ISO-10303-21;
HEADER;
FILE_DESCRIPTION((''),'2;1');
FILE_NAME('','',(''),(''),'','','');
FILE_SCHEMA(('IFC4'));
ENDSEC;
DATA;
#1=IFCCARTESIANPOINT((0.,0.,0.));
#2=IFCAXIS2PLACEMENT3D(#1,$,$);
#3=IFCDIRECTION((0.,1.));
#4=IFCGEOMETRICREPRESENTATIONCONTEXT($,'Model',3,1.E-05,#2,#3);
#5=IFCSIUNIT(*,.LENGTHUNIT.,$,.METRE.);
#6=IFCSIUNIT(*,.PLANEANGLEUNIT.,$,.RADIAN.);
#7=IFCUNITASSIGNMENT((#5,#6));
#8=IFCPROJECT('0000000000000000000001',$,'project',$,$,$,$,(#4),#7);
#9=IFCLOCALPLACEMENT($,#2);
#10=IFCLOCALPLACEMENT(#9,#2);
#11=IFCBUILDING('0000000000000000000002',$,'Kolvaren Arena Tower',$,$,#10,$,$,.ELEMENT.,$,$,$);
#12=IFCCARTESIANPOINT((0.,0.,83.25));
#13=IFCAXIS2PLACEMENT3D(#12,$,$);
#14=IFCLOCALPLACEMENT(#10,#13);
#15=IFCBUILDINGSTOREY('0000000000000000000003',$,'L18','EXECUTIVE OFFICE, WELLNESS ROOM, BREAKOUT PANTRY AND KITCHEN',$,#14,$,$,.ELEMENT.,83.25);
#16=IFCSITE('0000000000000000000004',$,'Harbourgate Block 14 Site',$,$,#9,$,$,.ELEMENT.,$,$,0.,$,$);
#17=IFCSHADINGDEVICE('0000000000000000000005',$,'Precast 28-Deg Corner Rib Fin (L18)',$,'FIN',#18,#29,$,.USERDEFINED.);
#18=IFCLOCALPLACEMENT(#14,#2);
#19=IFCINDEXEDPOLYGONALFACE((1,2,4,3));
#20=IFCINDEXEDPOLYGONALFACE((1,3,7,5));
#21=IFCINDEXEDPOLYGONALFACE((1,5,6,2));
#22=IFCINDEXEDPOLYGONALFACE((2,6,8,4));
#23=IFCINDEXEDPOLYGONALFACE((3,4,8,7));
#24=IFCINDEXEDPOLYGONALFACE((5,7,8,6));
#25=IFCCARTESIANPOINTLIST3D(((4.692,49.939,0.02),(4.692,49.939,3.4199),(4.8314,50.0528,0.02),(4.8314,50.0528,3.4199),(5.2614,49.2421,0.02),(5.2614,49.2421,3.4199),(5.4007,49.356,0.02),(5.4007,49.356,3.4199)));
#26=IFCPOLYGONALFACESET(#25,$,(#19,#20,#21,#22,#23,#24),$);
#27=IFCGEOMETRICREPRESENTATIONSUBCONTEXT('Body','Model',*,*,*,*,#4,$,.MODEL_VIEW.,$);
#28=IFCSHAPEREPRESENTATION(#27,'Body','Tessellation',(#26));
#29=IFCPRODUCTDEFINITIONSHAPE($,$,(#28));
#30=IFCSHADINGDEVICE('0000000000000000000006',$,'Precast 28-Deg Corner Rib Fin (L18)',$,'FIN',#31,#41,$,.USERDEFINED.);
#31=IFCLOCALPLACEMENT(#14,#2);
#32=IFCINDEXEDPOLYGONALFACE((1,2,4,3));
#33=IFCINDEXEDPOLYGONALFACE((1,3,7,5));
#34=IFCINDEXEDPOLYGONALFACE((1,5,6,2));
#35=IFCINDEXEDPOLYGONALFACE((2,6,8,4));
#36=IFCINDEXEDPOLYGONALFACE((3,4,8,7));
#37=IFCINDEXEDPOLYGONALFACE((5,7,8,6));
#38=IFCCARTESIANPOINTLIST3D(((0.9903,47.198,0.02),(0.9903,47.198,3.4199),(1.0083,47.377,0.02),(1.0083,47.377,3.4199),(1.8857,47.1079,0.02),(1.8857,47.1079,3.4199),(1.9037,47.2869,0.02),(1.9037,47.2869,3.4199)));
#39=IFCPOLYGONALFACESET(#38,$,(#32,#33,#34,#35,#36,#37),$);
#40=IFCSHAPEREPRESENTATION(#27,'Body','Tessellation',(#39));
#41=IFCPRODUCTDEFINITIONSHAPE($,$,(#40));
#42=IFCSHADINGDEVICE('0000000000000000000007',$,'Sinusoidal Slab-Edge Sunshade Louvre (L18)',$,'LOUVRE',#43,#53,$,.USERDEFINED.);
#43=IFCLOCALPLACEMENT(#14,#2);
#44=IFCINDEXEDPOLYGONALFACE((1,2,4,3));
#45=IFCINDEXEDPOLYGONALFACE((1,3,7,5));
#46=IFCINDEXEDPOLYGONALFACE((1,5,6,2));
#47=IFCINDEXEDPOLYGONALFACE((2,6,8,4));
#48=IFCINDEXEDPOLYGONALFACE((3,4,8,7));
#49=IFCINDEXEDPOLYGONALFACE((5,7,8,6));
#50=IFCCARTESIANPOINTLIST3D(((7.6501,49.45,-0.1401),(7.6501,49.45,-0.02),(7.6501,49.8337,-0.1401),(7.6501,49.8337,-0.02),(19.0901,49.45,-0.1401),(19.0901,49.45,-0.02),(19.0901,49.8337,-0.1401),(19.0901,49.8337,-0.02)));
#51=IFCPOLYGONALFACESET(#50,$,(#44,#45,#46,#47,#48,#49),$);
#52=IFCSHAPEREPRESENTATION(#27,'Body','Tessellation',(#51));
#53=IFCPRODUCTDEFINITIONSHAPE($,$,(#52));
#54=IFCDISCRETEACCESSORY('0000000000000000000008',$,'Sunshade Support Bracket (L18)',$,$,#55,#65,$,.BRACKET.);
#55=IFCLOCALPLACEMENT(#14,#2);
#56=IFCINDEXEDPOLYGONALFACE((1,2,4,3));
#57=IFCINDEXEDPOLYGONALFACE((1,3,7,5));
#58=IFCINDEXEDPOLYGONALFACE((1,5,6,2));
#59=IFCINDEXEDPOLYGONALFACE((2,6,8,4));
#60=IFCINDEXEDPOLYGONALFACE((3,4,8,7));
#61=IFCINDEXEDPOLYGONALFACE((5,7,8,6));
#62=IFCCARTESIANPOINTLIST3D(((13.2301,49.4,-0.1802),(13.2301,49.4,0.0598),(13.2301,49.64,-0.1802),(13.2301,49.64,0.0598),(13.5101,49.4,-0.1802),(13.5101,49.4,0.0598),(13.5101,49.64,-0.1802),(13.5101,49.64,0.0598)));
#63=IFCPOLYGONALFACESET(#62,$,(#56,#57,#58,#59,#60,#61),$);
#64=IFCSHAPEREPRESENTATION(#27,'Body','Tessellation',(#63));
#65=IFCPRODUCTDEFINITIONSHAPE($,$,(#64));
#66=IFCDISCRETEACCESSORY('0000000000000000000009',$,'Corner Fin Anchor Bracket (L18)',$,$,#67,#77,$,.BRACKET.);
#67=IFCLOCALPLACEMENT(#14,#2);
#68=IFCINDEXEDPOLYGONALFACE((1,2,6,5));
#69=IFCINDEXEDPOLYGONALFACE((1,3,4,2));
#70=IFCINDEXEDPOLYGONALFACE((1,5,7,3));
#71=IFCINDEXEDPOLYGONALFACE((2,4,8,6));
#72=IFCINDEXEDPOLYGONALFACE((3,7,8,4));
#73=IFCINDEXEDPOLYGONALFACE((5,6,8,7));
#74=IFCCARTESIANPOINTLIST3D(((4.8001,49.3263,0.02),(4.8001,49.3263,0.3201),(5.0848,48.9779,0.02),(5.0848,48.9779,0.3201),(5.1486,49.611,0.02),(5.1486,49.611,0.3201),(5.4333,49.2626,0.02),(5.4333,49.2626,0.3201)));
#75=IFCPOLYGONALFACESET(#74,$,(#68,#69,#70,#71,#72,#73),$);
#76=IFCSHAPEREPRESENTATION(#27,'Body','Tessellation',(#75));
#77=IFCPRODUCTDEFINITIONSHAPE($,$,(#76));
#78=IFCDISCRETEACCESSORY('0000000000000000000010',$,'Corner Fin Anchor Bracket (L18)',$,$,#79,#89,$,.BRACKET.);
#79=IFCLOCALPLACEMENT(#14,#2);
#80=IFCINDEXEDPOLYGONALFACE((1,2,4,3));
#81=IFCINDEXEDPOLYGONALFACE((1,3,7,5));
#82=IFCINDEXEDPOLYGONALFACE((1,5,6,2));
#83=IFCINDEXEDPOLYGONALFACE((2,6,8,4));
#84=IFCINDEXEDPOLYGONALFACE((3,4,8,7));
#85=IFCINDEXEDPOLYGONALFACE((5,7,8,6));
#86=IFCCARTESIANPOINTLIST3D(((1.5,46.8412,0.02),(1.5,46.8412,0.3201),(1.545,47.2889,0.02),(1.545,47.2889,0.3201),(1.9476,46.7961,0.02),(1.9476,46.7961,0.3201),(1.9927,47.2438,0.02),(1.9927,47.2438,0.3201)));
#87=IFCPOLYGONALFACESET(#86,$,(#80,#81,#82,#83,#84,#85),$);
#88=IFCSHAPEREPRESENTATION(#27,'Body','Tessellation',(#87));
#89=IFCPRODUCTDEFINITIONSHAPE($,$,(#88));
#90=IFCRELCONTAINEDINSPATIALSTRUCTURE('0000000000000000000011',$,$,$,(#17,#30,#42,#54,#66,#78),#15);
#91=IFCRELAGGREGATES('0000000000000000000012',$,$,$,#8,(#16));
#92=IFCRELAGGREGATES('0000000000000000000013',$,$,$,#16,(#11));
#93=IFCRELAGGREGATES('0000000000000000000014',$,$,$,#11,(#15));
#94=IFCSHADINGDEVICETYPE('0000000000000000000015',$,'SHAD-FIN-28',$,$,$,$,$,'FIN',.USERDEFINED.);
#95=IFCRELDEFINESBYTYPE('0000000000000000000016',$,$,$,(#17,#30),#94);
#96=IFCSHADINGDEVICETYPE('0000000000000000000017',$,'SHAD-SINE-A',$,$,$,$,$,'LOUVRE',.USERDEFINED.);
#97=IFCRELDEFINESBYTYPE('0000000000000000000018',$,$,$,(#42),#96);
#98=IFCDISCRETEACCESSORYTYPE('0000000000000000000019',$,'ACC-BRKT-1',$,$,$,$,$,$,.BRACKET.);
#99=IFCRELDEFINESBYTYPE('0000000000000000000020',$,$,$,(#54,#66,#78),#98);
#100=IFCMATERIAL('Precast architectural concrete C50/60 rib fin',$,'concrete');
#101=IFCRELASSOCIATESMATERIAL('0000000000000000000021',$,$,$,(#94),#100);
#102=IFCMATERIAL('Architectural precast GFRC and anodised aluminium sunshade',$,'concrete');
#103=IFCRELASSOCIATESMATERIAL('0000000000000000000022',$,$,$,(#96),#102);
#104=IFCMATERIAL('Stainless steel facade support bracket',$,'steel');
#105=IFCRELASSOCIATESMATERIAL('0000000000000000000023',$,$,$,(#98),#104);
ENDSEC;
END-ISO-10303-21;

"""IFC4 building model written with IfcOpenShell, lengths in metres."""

from ifc_helpers import new_model, si_unit, direction, frame, origin, origin_2d, place, context, subcontext, project, spatial, rectangle, extrude, material, type_object, element, save


model = new_model("IFC4")

# Units and contexts
model_context = context("Model", 3, precision=1e-05, world=origin(), true_north=direction((0.0, 1.0)))
body_context = subcontext(model_context, "Body", "Model", "MODEL_VIEW")
ifc_project = project(units=[si_unit("LENGTHUNIT", "METRE"), si_unit("PLANEANGLEUNIT", "RADIAN")], contexts=[model_context])

# Site, building, storey
site_placement = place(None, origin())
site = spatial("IfcSite", under=ifc_project, at=site_placement, Name="Harbourgate Block 14 Site", CompositionType="ELEMENT", RefElevation=0.0)
building_placement = place(site_placement, origin())
building = spatial("IfcBuilding", under=site, at=building_placement, Name="Kolvaren Arena Tower", CompositionType="ELEMENT")
storey_placement = place(building_placement, frame((0.0, 0.0, 83.25)))
storey = spatial("IfcBuildingStorey", under=building, at=storey_placement, Name="L18", Description="EXECUTIVE OFFICE, WELLNESS ROOM, BREAKOUT PANTRY AND KITCHEN", CompositionType="ELEMENT", Elevation=83.25)

# Shading devices
ifc_material_1 = material(Name="Precast architectural concrete C50/60 rib fin", Category="concrete")
shading_device_type_1 = type_object("IfcShadingDeviceType", Name="SHAD-FIN-28", ElementType="FIN", PredefinedType="USERDEFINED", material=ifc_material_1)
for number, where, z_axis, x_axis, name in (
    (1, (5.0464, 49.6475, 0.02), (0.0, 0.0, 1.0), (-0.632723, 0.774378, 0.0), "Precast 28-Deg Corner Rib Fin (L18)"),
    (2, (1.447, 47.2424, 0.02), (0.0, 0.0, 1.0), (-0.994972, 0.100155, 0.0), "Precast 28-Deg Corner Rib Fin (L18)"),
):
    element("IfcShadingDevice", number, at=place(storey_placement, frame(where, z_axis=z_axis, x_axis=x_axis)), inside=storey, type_object=shading_device_type_1, Name=name, ObjectType="FIN", PredefinedType="USERDEFINED", context=body_context, shape_type="SweptSolid", body=[
        extrude(rectangle(XDim=0.8999, YDim=0.1799, at=origin_2d()), origin(), (0.0, 0.0, 1.0), 3.3999),
    ])
ifc_material_2 = material(Name="Architectural precast GFRC and anodised aluminium sunshade", Category="concrete")
shading_device_type_2 = type_object("IfcShadingDeviceType", Name="SHAD-SINE-A", ElementType="LOUVRE", PredefinedType="USERDEFINED", material=ifc_material_2)
shading_device_placement = place(storey_placement, frame((13.3701, 49.6418, -0.1401), z_axis=(0.0, 0.0, 1.0), x_axis=(1.0, 0.0, 0.0)))
element("IfcShadingDevice", 3, at=shading_device_placement, inside=storey, type_object=shading_device_type_2, Name="Sinusoidal Slab-Edge Sunshade Louvre (L18)", ObjectType="LOUVRE", PredefinedType="USERDEFINED", context=body_context, shape_type="SweptSolid", body=[
    extrude(rectangle(XDim=11.4399, YDim=0.3838, at=origin_2d()), origin(), (0.0, 0.0, 1.0), 0.1201),
])

# Discrete accessories
ifc_material_3 = material(Name="Stainless steel facade support bracket", Category="steel")
discrete_accessory_type = type_object("IfcDiscreteAccessoryType", Name="ACC-BRKT-1", PredefinedType="BRACKET", material=ifc_material_3)
discrete_accessory_placement = place(storey_placement, frame((13.3701, 49.52, -0.1802), z_axis=(0.0, 0.0, 1.0), x_axis=(1.0, 0.0, 0.0)))
element("IfcDiscreteAccessory", 4, at=discrete_accessory_placement, inside=storey, type_object=discrete_accessory_type, Name="Sunshade Support Bracket (L18)", PredefinedType="BRACKET", context=body_context, shape_type="SweptSolid", body=[
    extrude(rectangle(XDim=0.28, YDim=0.24, at=origin_2d()), origin(), (0.0, 0.0, 1.0), 0.24),
])
for number, where, z_axis, x_axis, name in (
    (5, (5.1167, 49.2944, 0.02), (0.0, 0.0, 1.0), (-0.632723, 0.774378, 0.0), "Corner Fin Anchor Bracket (L18)"),
    (6, (1.7463, 47.0425, 0.02), (0.0, 0.0, 1.0), (-0.994972, 0.100155, 0.0), "Corner Fin Anchor Bracket (L18)"),
):
    element("IfcDiscreteAccessory", number, at=place(storey_placement, frame(where, z_axis=z_axis, x_axis=x_axis)), inside=storey, type_object=discrete_accessory_type, Name=name, PredefinedType="BRACKET", context=body_context, shape_type="SweptSolid", body=[
        extrude(rectangle(XDim=0.45, YDim=0.45, at=origin_2d()), origin(), (0.0, 0.0, 1.0), 0.3),
    ])

save(model, "model.ifc")
